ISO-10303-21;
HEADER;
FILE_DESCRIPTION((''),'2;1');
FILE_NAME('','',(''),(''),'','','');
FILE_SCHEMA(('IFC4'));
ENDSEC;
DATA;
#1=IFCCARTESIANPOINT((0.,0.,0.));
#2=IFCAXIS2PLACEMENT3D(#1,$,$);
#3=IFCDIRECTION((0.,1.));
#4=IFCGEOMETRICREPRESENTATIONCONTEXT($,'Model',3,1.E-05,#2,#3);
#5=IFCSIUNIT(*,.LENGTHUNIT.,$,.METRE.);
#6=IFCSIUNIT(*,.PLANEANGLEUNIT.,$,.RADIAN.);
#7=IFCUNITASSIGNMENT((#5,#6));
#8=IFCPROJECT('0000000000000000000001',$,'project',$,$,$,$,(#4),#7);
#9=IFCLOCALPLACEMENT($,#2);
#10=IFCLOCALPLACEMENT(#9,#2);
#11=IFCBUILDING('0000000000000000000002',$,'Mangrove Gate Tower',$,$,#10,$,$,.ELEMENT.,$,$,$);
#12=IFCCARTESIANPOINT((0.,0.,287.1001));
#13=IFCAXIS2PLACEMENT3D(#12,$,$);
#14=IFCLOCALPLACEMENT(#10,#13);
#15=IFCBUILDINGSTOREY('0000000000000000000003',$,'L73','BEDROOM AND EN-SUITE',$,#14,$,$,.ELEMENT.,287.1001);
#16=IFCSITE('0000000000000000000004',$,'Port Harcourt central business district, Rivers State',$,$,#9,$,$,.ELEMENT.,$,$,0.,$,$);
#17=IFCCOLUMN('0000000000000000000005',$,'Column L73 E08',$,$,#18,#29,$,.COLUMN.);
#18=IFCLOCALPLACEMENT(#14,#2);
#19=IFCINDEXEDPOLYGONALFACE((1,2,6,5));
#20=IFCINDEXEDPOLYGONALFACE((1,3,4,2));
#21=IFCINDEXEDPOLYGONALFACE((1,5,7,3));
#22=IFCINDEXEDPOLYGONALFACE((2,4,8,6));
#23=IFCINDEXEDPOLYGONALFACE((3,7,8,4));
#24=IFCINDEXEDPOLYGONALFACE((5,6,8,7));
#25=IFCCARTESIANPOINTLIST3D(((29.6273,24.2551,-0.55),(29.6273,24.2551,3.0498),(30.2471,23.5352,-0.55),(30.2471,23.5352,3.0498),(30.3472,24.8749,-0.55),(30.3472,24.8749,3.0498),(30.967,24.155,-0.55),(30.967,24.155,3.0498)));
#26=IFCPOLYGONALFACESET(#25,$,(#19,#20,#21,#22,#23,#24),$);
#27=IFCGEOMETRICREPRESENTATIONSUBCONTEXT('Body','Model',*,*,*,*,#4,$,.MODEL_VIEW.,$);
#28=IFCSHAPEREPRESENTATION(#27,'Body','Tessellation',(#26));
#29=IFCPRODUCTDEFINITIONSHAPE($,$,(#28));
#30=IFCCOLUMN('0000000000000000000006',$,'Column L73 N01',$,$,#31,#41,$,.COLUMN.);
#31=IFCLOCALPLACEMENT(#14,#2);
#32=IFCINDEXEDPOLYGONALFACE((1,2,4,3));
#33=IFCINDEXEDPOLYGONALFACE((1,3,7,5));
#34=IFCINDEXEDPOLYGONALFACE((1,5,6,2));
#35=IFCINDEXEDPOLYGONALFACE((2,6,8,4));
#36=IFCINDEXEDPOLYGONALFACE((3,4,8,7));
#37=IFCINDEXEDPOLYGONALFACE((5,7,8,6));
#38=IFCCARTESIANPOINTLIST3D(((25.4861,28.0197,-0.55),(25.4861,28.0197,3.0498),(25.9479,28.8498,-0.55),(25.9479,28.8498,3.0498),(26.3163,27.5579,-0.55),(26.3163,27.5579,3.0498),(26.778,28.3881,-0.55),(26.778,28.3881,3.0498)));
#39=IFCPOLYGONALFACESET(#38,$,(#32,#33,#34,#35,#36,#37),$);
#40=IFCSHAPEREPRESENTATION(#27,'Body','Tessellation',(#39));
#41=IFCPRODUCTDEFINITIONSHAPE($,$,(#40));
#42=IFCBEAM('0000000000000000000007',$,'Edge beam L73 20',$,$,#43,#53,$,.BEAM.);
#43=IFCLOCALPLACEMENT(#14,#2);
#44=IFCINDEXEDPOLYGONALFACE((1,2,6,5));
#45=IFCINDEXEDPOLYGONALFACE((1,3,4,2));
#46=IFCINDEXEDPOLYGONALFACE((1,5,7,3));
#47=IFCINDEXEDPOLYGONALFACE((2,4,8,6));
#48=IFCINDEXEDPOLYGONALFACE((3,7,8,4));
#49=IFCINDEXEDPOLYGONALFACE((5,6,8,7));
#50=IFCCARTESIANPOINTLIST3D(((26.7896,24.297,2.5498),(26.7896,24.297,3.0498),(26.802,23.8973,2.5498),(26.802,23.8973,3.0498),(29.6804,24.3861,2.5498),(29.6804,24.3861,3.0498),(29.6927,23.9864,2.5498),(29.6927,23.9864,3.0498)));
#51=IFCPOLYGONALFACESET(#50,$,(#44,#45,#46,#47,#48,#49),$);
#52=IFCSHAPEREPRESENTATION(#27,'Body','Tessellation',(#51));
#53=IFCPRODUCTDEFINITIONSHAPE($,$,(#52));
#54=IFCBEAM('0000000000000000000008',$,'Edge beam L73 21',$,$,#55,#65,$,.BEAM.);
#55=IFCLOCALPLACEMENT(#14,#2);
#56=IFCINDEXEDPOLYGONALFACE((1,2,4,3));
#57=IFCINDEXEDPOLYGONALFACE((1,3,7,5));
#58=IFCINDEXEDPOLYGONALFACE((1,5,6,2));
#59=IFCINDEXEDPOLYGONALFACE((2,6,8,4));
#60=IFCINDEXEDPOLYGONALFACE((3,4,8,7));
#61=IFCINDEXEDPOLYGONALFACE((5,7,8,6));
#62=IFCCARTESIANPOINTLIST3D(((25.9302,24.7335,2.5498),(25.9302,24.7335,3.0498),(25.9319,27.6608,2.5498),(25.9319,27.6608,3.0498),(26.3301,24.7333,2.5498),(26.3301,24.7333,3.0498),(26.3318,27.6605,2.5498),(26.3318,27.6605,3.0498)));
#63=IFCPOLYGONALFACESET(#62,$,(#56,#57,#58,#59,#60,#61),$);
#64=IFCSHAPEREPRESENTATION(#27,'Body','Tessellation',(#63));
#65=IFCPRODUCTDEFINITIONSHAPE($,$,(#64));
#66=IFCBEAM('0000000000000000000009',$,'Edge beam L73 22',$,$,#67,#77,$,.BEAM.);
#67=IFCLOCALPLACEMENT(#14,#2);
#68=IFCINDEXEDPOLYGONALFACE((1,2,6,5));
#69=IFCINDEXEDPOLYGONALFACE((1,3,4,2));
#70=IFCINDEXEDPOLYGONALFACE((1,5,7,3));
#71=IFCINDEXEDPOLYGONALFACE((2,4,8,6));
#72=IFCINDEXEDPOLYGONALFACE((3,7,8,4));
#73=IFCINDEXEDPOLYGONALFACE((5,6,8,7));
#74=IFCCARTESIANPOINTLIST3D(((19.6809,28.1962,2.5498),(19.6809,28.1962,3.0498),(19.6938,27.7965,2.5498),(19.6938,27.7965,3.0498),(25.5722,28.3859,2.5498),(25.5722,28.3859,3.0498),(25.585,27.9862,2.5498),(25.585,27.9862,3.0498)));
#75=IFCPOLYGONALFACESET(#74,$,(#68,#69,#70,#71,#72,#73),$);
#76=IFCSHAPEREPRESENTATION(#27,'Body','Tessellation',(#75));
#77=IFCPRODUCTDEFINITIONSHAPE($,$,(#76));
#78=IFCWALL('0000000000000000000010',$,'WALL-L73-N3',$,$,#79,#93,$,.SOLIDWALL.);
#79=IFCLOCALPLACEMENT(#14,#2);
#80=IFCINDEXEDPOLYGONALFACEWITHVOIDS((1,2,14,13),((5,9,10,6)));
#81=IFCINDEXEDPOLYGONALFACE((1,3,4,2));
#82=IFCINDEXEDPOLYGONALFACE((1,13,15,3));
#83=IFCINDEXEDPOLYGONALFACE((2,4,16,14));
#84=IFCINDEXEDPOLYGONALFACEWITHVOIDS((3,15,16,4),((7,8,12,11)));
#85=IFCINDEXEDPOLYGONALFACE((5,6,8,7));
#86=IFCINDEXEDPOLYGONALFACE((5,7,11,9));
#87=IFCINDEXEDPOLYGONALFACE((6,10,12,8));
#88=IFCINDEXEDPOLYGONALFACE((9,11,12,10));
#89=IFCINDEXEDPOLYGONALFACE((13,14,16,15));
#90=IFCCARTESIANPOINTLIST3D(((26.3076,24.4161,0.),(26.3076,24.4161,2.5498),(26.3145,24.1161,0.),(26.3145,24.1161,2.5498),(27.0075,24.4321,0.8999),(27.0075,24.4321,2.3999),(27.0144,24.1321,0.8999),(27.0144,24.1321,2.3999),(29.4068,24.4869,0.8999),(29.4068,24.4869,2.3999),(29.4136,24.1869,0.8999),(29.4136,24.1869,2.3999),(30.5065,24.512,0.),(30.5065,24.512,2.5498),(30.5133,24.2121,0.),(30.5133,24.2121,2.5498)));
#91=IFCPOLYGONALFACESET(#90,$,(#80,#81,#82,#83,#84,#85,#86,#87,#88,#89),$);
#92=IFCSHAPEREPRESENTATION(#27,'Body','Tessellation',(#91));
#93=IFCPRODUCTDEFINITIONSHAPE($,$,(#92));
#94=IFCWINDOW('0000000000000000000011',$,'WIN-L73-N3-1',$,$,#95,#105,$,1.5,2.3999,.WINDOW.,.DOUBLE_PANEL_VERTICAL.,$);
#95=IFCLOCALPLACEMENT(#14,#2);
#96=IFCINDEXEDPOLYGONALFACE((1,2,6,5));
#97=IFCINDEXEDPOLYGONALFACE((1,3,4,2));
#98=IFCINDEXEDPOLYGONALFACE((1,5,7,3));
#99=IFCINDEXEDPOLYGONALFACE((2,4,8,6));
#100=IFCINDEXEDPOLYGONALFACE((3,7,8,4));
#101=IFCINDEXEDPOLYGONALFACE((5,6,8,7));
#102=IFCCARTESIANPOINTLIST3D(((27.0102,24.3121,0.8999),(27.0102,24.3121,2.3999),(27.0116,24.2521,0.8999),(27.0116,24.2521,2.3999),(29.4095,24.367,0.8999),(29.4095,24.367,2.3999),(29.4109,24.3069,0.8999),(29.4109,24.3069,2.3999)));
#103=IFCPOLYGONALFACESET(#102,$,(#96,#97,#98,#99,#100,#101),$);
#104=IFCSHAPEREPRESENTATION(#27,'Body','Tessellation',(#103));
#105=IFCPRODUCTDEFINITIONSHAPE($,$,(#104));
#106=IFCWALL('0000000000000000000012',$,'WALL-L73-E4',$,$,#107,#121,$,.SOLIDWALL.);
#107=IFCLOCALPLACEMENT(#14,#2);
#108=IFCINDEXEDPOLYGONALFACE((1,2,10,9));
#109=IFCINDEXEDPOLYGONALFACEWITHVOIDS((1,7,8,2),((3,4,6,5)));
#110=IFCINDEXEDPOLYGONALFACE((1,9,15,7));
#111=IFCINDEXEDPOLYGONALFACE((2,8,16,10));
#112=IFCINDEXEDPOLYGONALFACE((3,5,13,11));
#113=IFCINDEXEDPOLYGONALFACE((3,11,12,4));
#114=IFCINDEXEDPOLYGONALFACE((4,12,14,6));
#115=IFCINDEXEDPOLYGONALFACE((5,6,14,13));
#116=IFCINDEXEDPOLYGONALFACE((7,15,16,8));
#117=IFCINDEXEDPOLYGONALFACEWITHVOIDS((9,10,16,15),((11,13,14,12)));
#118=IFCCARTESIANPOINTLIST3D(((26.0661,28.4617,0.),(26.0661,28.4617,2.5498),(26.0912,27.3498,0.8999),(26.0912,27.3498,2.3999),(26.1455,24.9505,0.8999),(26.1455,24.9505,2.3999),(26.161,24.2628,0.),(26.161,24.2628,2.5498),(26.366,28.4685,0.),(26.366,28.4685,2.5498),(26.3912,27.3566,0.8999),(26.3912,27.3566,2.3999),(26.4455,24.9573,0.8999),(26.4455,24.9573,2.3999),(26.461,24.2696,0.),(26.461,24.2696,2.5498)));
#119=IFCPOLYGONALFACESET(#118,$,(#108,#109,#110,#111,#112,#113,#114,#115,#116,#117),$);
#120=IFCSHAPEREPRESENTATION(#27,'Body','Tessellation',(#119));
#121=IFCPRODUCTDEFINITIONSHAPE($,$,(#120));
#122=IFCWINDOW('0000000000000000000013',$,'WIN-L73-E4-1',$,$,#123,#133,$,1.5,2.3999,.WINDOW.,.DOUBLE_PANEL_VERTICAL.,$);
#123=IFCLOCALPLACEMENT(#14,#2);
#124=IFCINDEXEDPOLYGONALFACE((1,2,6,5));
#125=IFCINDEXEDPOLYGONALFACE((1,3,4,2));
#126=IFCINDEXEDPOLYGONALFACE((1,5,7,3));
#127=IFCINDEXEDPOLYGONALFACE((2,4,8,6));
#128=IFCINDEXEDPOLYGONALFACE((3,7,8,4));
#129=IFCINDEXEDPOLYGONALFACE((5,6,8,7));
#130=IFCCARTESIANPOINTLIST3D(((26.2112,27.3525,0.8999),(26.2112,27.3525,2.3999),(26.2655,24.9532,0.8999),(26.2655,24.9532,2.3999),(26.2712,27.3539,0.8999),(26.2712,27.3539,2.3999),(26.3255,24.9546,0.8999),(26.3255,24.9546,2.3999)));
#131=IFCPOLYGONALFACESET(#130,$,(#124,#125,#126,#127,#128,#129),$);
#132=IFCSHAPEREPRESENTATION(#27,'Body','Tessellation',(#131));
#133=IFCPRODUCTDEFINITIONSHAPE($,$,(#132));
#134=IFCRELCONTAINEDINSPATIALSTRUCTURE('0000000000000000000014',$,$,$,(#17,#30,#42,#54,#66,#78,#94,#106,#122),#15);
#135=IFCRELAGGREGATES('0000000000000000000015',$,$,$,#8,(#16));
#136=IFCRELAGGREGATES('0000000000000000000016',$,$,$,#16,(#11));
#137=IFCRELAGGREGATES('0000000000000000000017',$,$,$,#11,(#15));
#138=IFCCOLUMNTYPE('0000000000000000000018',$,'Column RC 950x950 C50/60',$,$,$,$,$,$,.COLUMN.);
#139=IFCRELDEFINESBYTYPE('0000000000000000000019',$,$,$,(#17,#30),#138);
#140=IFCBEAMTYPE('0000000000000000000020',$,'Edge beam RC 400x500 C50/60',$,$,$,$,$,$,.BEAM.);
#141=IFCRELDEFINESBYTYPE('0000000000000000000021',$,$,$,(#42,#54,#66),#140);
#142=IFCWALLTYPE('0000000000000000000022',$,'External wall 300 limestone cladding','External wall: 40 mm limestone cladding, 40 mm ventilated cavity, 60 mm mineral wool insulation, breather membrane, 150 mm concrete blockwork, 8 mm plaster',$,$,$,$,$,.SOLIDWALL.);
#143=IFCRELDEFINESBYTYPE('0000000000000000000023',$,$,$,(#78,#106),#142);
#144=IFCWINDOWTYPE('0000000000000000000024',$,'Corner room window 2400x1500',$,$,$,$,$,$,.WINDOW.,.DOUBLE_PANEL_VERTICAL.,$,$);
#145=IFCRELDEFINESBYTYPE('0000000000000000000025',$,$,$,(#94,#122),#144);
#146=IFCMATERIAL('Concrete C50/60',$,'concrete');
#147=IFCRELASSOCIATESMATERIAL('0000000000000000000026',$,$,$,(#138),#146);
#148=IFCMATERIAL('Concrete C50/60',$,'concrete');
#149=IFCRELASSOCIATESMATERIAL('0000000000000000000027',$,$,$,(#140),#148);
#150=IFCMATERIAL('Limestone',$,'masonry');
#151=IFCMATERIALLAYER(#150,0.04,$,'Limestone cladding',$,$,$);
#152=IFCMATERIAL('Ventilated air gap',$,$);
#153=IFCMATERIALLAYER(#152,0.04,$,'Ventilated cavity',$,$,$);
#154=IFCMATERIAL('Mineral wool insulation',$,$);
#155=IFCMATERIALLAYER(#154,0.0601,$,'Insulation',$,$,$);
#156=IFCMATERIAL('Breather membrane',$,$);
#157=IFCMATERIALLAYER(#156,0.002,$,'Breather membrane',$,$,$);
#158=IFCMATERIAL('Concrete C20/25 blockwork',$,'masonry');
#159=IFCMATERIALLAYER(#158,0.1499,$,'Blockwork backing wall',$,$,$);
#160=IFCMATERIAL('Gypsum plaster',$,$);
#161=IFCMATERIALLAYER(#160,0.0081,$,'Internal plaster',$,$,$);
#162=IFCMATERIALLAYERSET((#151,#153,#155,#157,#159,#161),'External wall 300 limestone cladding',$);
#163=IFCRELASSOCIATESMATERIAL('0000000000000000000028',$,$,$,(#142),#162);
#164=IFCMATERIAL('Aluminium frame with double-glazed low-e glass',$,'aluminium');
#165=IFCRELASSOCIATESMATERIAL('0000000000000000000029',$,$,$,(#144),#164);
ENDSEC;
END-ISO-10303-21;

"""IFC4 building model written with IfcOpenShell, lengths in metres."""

from ifc_helpers import new_model, si_unit, direction, frame, frame_2d, origin, origin_2d, place, context, subcontext, project, spatial, rectangle, extrude, material, layer, layer_set, material_profile, profile_set, type_object, element, fill, save


model = new_model("IFC4")

# Units and contexts
model_context = context("Model", 3, precision=1e-05, world=origin(), true_north=direction((0.0, 1.0)))
body_context = subcontext(model_context, "Body", "Model", "MODEL_VIEW")
ifc_project = project(units=[si_unit("LENGTHUNIT", "METRE"), si_unit("PLANEANGLEUNIT", "RADIAN")], contexts=[model_context])

# Site, building, storey
site_placement = place(None, origin())
site = spatial("IfcSite", under=ifc_project, at=site_placement, Name="Port Harcourt central business district, Rivers State", CompositionType="ELEMENT", RefElevation=0.0)
building_placement = place(site_placement, origin())
building = spatial("IfcBuilding", under=site, at=building_placement, Name="Mangrove Gate Tower", CompositionType="ELEMENT")
storey_placement = place(building_placement, frame((0.0, 0.0, 287.1001)))
storey = spatial("IfcBuildingStorey", under=building, at=storey_placement, Name="L73", Description="BEDROOM AND EN-SUITE", CompositionType="ELEMENT", Elevation=287.1001)

# Columns
ifc_material_1 = material(Name="Concrete C50/60", Category="concrete")
ifc_material_profile_1 = material_profile(ifc_material_1, rectangle(XDim=0.95, YDim=0.95, at=origin_2d()))
ifc_profile_set_1 = profile_set([ifc_material_profile_1], Name="Concrete C50/60")
column_type = type_object("IfcColumnType", Name="Column RC 950x950 C50/60", PredefinedType="COLUMN", material=ifc_profile_set_1)
for number, where, z_axis, x_axis, name in (
    (1, (30.2971, 24.2051, -0.55), (0.0, 0.0, 1.0), (-0.652446, 0.757835, 0.0), "Column L73 E08"),
    (2, (26.1321, 28.2039, -0.55), (0.0, 0.0, 1.0), (-0.873907, 0.486093, 0.0), "Column L73 N01"),
):
    element("IfcColumn", number, at=place(storey_placement, frame(where, z_axis=z_axis, x_axis=x_axis)), inside=storey, type_object=column_type, Name=name, PredefinedType="COLUMN", context=body_context, shape_type="SweptSolid", body=[
        extrude(rectangle(XDim=0.95, YDim=0.95, at=origin_2d()), origin(), (0.0, 0.0, 1.0), 3.5999),
    ])

# Beams
ifc_material_2 = material(Name="Concrete C50/60", Category="concrete")
ifc_material_profile_2 = material_profile(ifc_material_2, rectangle(XDim=0.3999, YDim=0.5, at=origin_2d()))
ifc_profile_set_2 = profile_set([ifc_material_profile_2], Name="Concrete C50/60")
beam_type = type_object("IfcBeamType", Name="Edge beam RC 400x500 C50/60", PredefinedType="BEAM", material=ifc_profile_set_2)
beam_1_placement = place(storey_placement, frame((29.6865, 24.1863, 2.7998), z_axis=(-0.999525, -0.030813, 0.0), x_axis=(0.030813, -0.999525, 0.0)))
element("IfcBeam", 3, at=beam_1_placement, inside=storey, type_object=beam_type, Name="Edge beam L73 20", PredefinedType="BEAM", context=body_context, shape_type="SweptSolid", body=[
    extrude(rectangle(XDim=0.3999, YDim=0.5, at=origin_2d()), origin(), (0.0, 0.0, 1.0), 2.8921),
])
beam_2_placement = place(storey_placement, frame((26.1301, 24.7334, 2.7998), z_axis=(0.000584, 1.0, 0.0), x_axis=(-1.0, 0.000584, 0.0)))
element("IfcBeam", 4, at=beam_2_placement, inside=storey, type_object=beam_type, Name="Edge beam L73 21", PredefinedType="BEAM", context=body_context, shape_type="SweptSolid", body=[
    extrude(rectangle(XDim=0.3999, YDim=0.5, at=origin_2d()), origin(), (0.0, 0.0, 1.0), 2.9272),
])
beam_3_placement = place(storey_placement, frame((25.5786, 28.186, 2.7998), z_axis=(-0.999482, -0.032184, 0.0), x_axis=(0.032184, -0.999482, 0.0)))
element("IfcBeam", 5, at=beam_3_placement, inside=storey, type_object=beam_type, Name="Edge beam L73 22", PredefinedType="BEAM", context=body_context, shape_type="SweptSolid", body=[
    extrude(rectangle(XDim=0.3999, YDim=0.5, at=origin_2d()), origin(), (0.0, 0.0, 1.0), 5.8943),
])

# Walls, openings, windows
ifc_material_3 = material(Name="Limestone", Category="masonry")
ifc_layer_1 = layer(ifc_material_3, 0.04, Name="Limestone cladding")
ifc_material_4 = material(Name="Ventilated air gap")
ifc_layer_2 = layer(ifc_material_4, 0.04, Name="Ventilated cavity")
ifc_material_5 = material(Name="Mineral wool insulation")
ifc_layer_3 = layer(ifc_material_5, 0.0601, Name="Insulation")
ifc_material_6 = material(Name="Breather membrane")
ifc_layer_4 = layer(ifc_material_6, 0.002, Name="Breather membrane")
ifc_material_7 = material(Name="Concrete C20/25 blockwork", Category="masonry")
ifc_layer_5 = layer(ifc_material_7, 0.1499, Name="Blockwork backing wall")
ifc_material_8 = material(Name="Gypsum plaster")
ifc_layer_6 = layer(ifc_material_8, 0.0081, Name="Internal plaster")
ifc_layer_set = layer_set([ifc_layer_1, ifc_layer_2, ifc_layer_3, ifc_layer_4, ifc_layer_5, ifc_layer_6], Name="External wall 300 limestone cladding")
wall_type = type_object("IfcWallType", Name="External wall 300 limestone cladding", Description="External wall: 40 mm limestone cladding, 40 mm ventilated cavity, 60 mm mineral wool insulation, breather membrane, 150 mm concrete blockwork, 8 mm plaster", PredefinedType="SOLIDWALL", material=ifc_layer_set)
wall_1_placement = place(storey_placement, frame((30.51, 24.3621, 0.0), z_axis=(0.0, 0.0, 1.0), x_axis=(-0.999739, -0.022844, 0.0)))
wall_1 = element("IfcWall", 6, at=wall_1_placement, inside=storey, type_object=wall_type, Name="WALL-L73-N3", PredefinedType="SOLIDWALL", context=body_context, shape_type="SweptSolid", body=[
    extrude(rectangle(XDim=4.2, YDim=0.3, at=frame_2d((2.1001, 0.0))), origin(), (0.0, 0.0, 1.0), 2.5498),
])
opening_1_placement = place(wall_1_placement, frame((1.1001, 0.0, 0.8999)))
opening_1 = element("IfcOpeningElement", 7, at=opening_1_placement, cuts=wall_1, PredefinedType="OPENING", context=body_context, shape_type="SweptSolid", body=[
    extrude(rectangle(XDim=2.3999, YDim=1.5, at=frame_2d((1.2, 0.75))), frame((0.0, 0.1599, 0.0), z_axis=(0.0, -1.0, 0.0), x_axis=(1.0, 0.0, 0.0)), (0.0, 0.0, 1.0), 0.3201),
])
ifc_material_9 = material(Name="Aluminium frame with double-glazed low-e glass", Category="aluminium")
window_type = type_object("IfcWindowType", Name="Corner room window 2400x1500", PartitioningType="DOUBLE_PANEL_VERTICAL", PredefinedType="WINDOW", material=ifc_material_9)
window_1_placement = place(opening_1_placement, origin())
window_1 = element("IfcWindow", 8, at=window_1_placement, inside=storey, type_object=window_type, Name="WIN-L73-N3-1", OverallHeight=1.5, OverallWidth=2.3999, PartitioningType="DOUBLE_PANEL_VERTICAL", PredefinedType="WINDOW", context=body_context, shape_type="SweptSolid", body=[
    extrude(rectangle(XDim=2.3999, YDim=1.5, at=frame_2d((1.2, 0.75))), frame((0.0, 0.03, 0.0), z_axis=(0.0, -1.0, 0.0), x_axis=(1.0, 0.0, 0.0)), (0.0, 0.0, 1.0), 0.0601),
])
fill(opening_1, window_1)
wall_2_placement = place(storey_placement, frame((26.311, 24.2661, 0.0), z_axis=(0.0, 0.0, 1.0), x_axis=(-0.022612, 0.999744, 0.0)))
wall_2 = element("IfcWall", 9, at=wall_2_placement, inside=storey, type_object=wall_type, Name="WALL-L73-E4", PredefinedType="SOLIDWALL", context=body_context, shape_type="SweptSolid", body=[
    extrude(rectangle(XDim=4.2, YDim=0.3, at=frame_2d((2.1001, 0.0))), origin(), (0.0, 0.0, 1.0), 2.5498),
])
opening_2_placement = place(wall_2_placement, frame((0.688, 0.0, 0.8999)))
opening_2 = element("IfcOpeningElement", 10, at=opening_2_placement, cuts=wall_2, PredefinedType="OPENING", context=body_context, shape_type="SweptSolid", body=[
    extrude(rectangle(XDim=2.3999, YDim=1.5, at=frame_2d((1.2, 0.75))), frame((0.0, 0.1599, 0.0), z_axis=(0.0, -1.0, 0.0), x_axis=(1.0, 0.0, 0.0)), (0.0, 0.0, 1.0), 0.3201),
])
window_2_placement = place(opening_2_placement, origin())
window_2 = element("IfcWindow", 11, at=window_2_placement, inside=storey, type_object=window_type, Name="WIN-L73-E4-1", OverallHeight=1.5, OverallWidth=2.3999, PartitioningType="DOUBLE_PANEL_VERTICAL", PredefinedType="WINDOW", context=body_context, shape_type="SweptSolid", body=[
    extrude(rectangle(XDim=2.3999, YDim=1.5, at=frame_2d((1.2, 0.75))), frame((0.0, 0.03, 0.0), z_axis=(0.0, -1.0, 0.0), x_axis=(1.0, 0.0, 0.0)), (0.0, 0.0, 1.0), 0.0601),
])
fill(opening_2, window_2)

save(model, "model.ifc")
